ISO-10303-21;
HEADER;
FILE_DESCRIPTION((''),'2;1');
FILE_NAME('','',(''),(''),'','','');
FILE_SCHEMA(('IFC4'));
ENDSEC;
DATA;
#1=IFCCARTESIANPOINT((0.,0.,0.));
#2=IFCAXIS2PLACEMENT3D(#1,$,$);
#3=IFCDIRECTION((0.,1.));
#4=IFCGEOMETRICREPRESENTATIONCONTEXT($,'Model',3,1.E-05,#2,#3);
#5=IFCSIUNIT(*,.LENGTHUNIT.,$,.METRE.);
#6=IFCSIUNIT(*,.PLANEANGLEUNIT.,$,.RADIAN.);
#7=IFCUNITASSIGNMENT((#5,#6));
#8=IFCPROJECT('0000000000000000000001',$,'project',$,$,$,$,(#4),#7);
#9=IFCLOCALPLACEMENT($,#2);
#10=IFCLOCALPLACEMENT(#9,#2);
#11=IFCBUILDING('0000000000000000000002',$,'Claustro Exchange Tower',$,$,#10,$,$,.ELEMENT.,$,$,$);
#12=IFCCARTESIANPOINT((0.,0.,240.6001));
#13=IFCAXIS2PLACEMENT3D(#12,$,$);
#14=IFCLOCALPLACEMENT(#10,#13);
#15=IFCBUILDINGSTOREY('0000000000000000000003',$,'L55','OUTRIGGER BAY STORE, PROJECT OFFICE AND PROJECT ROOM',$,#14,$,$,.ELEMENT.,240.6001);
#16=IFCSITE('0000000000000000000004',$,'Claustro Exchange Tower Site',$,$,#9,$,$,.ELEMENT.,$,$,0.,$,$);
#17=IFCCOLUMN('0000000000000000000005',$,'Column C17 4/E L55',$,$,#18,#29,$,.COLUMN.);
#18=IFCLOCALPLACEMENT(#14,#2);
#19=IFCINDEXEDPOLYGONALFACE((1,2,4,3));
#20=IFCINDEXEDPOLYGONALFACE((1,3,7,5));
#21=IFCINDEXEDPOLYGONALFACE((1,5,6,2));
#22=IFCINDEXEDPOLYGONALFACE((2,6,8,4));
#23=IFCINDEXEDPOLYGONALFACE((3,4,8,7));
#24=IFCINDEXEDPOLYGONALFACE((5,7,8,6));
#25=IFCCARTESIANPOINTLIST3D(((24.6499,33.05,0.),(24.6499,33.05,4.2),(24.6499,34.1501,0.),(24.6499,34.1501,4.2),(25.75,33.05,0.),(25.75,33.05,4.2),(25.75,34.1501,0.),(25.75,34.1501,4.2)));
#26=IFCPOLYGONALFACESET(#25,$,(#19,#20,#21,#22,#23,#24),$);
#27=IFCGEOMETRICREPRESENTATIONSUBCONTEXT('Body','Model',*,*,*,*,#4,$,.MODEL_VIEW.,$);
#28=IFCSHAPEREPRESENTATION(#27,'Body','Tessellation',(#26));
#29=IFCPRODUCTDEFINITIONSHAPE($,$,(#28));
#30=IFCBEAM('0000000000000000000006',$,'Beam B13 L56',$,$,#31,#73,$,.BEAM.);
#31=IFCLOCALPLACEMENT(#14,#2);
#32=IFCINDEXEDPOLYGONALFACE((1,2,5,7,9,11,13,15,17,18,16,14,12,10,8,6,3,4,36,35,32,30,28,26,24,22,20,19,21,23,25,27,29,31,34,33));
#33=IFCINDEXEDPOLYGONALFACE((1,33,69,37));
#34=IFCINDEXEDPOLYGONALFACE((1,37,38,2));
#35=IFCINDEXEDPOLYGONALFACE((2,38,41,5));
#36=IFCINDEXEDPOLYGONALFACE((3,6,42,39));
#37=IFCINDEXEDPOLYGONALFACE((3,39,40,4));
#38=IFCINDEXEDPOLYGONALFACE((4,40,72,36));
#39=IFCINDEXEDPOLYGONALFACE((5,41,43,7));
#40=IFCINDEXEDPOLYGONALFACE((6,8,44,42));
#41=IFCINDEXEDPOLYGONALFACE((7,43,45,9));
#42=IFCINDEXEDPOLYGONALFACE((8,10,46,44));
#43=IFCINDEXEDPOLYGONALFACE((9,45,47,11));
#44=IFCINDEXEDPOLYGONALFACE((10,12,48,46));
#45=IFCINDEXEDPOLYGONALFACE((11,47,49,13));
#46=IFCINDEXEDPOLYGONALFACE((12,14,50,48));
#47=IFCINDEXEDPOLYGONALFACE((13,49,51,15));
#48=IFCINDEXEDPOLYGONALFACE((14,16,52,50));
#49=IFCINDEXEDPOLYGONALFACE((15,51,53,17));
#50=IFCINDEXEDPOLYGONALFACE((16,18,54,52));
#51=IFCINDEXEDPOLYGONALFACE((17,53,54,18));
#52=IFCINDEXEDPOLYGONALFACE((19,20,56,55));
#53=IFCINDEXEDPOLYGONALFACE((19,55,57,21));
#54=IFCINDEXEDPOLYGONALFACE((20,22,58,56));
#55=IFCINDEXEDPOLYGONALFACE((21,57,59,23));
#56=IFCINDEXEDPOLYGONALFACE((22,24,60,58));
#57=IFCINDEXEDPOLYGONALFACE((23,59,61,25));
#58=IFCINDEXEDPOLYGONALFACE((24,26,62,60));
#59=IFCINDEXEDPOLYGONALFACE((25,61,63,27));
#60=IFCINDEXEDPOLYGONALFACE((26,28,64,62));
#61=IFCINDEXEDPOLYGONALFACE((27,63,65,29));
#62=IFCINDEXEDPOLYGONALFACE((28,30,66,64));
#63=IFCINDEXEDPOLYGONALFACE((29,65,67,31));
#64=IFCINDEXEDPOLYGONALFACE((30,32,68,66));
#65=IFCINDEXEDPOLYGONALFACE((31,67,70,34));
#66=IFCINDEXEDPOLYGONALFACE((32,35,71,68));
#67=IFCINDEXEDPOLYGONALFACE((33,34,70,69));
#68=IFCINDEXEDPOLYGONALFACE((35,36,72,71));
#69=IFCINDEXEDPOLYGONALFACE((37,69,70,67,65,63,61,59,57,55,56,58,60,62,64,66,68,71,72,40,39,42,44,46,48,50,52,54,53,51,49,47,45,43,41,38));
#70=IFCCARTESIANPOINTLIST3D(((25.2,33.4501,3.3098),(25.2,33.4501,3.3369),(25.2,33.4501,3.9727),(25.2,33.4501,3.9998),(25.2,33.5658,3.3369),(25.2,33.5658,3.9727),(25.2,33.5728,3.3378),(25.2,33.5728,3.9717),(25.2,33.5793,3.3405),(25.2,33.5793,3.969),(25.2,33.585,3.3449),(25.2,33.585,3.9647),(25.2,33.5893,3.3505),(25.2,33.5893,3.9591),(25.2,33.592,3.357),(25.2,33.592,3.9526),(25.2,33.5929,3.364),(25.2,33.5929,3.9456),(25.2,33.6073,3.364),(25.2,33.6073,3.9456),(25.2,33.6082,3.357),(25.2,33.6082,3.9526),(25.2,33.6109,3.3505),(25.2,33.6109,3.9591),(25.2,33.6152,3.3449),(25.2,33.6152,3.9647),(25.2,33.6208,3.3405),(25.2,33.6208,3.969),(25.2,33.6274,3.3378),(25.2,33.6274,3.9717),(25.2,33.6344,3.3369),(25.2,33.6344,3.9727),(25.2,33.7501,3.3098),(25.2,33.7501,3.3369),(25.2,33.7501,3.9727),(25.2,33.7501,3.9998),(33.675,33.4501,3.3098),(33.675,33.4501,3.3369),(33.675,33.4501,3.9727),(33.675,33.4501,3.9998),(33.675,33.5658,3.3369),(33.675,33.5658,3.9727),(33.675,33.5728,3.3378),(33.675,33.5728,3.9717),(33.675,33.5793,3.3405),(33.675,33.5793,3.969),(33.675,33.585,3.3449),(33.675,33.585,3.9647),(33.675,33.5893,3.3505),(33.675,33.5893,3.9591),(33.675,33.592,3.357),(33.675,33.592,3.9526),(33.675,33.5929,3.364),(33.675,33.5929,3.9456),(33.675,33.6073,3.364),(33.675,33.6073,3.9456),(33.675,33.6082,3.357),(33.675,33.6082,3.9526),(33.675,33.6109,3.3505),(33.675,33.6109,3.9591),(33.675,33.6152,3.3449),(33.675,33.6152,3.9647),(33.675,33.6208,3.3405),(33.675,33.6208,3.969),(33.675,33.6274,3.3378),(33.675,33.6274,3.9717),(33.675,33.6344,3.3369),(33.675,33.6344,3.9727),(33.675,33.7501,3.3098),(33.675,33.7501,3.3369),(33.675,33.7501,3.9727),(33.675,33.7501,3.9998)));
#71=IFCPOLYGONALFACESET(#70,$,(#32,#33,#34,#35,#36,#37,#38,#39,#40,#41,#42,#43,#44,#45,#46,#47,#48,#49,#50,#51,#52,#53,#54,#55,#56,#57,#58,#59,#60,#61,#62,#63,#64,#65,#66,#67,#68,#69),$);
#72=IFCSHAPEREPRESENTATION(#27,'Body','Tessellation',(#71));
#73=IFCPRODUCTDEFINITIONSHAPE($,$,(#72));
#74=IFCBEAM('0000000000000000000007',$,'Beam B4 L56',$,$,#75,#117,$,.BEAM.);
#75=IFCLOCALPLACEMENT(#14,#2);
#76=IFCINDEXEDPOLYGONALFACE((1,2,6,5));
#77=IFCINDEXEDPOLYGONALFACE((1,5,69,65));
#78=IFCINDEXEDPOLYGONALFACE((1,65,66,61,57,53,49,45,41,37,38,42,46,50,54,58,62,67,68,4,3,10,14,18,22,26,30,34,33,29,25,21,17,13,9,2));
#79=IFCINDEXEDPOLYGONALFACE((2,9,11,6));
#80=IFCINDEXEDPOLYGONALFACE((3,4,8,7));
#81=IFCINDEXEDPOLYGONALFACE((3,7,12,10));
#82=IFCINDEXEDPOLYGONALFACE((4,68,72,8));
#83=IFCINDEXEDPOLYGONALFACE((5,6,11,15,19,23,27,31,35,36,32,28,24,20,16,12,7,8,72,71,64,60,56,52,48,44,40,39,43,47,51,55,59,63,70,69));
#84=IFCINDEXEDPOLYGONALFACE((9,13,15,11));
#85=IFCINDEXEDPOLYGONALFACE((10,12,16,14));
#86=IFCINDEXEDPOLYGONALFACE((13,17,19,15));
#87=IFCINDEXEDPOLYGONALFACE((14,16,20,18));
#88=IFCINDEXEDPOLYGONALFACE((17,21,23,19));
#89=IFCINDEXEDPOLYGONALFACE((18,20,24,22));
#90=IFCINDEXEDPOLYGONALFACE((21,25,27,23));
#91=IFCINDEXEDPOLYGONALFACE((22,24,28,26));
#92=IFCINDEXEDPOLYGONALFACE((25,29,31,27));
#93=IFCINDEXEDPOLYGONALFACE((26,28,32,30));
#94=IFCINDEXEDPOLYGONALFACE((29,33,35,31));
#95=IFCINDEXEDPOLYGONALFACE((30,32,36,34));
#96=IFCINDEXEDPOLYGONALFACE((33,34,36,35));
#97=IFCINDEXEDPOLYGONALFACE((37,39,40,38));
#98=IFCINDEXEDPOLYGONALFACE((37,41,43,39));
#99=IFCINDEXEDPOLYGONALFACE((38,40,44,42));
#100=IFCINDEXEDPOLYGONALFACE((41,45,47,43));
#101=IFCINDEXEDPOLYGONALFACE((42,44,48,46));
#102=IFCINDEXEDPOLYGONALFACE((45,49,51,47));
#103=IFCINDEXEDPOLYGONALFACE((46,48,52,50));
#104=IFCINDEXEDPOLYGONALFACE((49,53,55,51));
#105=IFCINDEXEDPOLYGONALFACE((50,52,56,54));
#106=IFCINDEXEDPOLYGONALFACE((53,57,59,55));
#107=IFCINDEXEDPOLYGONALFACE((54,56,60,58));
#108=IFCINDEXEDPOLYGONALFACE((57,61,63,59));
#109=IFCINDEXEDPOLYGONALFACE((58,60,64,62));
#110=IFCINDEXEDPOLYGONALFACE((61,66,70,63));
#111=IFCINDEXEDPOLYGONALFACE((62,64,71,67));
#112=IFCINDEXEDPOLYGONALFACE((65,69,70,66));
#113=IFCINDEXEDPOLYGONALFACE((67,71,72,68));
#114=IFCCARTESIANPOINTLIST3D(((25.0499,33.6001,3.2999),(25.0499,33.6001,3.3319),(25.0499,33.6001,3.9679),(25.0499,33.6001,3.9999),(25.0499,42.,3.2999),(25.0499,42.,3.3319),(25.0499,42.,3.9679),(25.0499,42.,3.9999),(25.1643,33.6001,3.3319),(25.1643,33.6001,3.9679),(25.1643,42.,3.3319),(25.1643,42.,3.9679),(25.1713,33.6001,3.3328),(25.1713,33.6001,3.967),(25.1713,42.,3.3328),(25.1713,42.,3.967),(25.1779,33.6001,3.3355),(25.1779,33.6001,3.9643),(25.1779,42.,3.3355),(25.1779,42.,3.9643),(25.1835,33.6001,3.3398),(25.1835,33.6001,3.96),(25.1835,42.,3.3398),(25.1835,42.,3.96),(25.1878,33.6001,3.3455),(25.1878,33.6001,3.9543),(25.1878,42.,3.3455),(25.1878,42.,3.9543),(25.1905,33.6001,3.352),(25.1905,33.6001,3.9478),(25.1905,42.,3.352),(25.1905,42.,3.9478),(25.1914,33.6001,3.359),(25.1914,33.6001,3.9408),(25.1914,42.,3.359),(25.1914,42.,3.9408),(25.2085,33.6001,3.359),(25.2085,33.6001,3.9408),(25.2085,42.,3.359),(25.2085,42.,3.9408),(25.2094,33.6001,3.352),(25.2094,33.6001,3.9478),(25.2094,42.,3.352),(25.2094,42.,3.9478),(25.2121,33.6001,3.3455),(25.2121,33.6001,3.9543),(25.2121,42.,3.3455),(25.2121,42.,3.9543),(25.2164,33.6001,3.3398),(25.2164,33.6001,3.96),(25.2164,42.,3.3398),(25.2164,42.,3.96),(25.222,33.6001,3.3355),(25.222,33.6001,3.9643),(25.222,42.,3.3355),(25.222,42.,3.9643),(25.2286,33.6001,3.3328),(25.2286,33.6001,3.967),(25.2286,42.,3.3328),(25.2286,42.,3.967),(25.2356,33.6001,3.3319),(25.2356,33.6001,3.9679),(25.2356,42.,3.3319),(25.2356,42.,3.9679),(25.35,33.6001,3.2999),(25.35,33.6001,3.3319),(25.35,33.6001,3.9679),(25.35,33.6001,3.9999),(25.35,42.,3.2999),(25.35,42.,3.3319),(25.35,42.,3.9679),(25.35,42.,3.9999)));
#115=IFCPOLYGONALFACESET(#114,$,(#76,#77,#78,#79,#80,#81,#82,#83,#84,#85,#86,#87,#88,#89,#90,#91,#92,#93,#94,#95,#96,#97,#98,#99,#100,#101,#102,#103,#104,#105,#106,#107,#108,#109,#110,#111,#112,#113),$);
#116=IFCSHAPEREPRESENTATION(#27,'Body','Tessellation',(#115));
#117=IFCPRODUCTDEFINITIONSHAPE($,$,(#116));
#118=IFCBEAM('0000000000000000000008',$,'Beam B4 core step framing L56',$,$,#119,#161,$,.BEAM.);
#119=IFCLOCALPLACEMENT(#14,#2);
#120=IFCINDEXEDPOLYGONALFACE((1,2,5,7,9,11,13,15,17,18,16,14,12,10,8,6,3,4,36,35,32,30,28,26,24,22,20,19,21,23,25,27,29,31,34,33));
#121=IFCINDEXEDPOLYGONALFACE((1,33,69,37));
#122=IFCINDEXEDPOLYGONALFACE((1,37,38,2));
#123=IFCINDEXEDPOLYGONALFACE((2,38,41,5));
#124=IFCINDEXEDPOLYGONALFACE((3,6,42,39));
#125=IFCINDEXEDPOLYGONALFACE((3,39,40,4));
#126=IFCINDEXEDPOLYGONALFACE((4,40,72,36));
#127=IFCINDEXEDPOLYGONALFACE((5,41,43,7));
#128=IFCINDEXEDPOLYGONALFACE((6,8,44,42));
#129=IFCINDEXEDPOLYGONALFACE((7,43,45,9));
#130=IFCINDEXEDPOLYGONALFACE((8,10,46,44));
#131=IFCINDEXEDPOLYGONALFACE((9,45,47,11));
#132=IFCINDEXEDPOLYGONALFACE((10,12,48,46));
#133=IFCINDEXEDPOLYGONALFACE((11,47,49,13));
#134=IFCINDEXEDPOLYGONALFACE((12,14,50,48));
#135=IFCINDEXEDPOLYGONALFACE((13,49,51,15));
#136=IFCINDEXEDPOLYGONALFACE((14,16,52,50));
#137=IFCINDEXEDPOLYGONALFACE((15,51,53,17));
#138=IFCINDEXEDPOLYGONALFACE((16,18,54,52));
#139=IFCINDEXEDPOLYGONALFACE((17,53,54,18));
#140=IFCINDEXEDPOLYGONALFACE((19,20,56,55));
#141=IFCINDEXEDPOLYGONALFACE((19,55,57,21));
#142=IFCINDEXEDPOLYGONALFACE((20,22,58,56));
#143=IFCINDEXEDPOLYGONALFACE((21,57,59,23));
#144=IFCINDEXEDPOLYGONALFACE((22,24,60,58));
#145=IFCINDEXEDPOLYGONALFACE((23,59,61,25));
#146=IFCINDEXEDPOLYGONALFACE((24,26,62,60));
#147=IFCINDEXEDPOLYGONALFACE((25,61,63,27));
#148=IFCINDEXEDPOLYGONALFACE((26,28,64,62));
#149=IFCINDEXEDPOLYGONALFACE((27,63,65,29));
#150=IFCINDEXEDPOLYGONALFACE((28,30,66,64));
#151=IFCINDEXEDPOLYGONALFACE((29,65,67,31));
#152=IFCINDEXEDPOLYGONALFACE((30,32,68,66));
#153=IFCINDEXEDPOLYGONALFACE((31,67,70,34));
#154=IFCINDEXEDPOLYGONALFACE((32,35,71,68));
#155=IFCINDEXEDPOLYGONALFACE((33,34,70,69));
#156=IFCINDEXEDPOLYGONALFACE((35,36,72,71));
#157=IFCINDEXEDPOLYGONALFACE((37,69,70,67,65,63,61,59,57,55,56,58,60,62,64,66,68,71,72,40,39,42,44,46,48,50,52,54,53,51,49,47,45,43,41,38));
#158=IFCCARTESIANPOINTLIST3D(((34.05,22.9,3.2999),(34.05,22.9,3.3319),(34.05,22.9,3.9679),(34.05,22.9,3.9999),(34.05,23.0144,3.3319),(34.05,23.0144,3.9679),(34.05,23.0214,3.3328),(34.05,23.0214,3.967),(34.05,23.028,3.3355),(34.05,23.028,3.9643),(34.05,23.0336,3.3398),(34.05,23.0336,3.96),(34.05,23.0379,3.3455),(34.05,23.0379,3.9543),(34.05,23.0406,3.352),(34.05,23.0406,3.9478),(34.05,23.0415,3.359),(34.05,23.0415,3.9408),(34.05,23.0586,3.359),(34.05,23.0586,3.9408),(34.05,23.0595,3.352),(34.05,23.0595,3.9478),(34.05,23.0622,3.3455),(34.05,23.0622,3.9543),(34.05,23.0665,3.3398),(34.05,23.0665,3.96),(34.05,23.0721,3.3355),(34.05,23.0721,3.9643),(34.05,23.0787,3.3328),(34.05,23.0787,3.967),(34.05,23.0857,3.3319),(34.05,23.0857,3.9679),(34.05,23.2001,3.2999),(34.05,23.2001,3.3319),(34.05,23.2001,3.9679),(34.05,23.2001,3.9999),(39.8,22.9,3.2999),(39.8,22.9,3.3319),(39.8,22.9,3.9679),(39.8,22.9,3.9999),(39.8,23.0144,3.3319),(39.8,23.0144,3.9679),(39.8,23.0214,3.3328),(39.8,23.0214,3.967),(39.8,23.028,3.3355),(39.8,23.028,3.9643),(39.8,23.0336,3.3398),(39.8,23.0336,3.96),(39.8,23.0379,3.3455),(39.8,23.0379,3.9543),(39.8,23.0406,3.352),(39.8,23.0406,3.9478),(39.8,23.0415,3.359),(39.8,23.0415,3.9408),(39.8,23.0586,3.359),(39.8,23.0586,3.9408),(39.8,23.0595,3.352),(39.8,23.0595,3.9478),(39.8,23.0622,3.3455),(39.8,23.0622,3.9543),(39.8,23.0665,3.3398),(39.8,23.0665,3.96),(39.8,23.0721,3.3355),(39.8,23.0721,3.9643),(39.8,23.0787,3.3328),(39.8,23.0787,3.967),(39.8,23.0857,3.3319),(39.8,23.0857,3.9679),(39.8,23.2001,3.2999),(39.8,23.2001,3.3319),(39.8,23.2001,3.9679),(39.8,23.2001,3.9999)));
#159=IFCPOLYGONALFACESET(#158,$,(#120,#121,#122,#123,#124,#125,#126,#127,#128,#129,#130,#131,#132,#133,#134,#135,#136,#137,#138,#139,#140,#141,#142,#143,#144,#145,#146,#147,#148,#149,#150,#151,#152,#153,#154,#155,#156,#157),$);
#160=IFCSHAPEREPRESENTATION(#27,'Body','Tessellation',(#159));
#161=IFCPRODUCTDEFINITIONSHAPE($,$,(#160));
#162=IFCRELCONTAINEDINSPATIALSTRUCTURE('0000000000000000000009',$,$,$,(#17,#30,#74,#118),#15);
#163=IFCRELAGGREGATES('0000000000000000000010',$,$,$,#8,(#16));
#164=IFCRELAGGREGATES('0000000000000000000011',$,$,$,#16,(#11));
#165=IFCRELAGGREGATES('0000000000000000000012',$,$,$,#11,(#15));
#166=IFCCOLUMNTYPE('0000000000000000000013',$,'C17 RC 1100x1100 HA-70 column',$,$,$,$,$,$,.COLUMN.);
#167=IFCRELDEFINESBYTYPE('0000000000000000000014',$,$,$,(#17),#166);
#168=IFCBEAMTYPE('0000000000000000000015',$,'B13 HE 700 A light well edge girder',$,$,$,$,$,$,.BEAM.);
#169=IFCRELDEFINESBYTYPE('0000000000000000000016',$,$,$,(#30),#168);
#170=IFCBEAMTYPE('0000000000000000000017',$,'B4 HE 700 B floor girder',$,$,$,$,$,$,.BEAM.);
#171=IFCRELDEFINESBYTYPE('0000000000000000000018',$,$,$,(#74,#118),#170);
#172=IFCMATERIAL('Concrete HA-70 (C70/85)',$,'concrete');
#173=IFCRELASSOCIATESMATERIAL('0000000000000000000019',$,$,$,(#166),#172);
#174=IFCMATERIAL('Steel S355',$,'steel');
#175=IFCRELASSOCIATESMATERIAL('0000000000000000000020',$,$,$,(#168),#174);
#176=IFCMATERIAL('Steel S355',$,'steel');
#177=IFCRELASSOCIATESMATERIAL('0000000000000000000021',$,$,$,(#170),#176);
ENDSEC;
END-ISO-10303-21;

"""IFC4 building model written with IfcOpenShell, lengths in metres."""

from ifc_helpers import new_model, si_unit, direction, frame, origin, origin_2d, place, context, subcontext, project, spatial, rectangle, i_section, extrude, material, material_profile, profile_set, type_object, element, save


model = new_model("IFC4")

# Units and contexts
model_context = context("Model", 3, precision=1e-05, world=origin(), true_north=direction((0.0, 1.0)))
body_context = subcontext(model_context, "Body", "Model", "MODEL_VIEW")
ifc_project = project(units=[si_unit("LENGTHUNIT", "METRE"), si_unit("PLANEANGLEUNIT", "RADIAN")], contexts=[model_context])

# Site, building, storey
site_placement = place(None, origin())
site = spatial("IfcSite", under=ifc_project, at=site_placement, Name="Claustro Exchange Tower Site", CompositionType="ELEMENT", RefElevation=0.0)
building_placement = place(site_placement, origin())
building = spatial("IfcBuilding", under=site, at=building_placement, Name="Claustro Exchange Tower", CompositionType="ELEMENT")
storey_placement = place(building_placement, frame((0.0, 0.0, 240.6001)))
storey = spatial("IfcBuildingStorey", under=building, at=storey_placement, Name="L55", Description="OUTRIGGER BAY STORE, PROJECT OFFICE AND PROJECT ROOM", CompositionType="ELEMENT", Elevation=240.6001)

# Column
ifc_material_1 = material(Name="Concrete HA-70 (C70/85)", Category="concrete")
ifc_material_profile_1 = material_profile(ifc_material_1, rectangle(XDim=1.1001, YDim=1.1001, at=origin_2d()), Name="RC 1100x1100")
ifc_profile_set_1 = profile_set([ifc_material_profile_1], Name="Concrete HA-70 (C70/85)")
column_type = type_object("IfcColumnType", Name="C17 RC 1100x1100 HA-70 column", PredefinedType="COLUMN", material=ifc_profile_set_1)
column_placement = place(storey_placement, frame((25.2, 33.6001, 0.0), z_axis=(0.0, 0.0, 1.0), x_axis=(1.0, 0.0, 0.0)))
element("IfcColumn", 1, at=column_placement, inside=storey, type_object=column_type, Name="Column C17 4/E L55", PredefinedType="COLUMN", context=body_context, shape_type="SweptSolid", body=[
    extrude(rectangle(XDim=1.1001, YDim=1.1001, at=origin_2d()), origin(), (0.0, 0.0, 1.0), 4.2),
])

# Beams
ifc_material_2 = material(Name="Steel S355", Category="steel")
ifc_material_profile_2 = material_profile(ifc_material_2, i_section(OverallWidth=0.3, OverallDepth=0.6899, WebThickness=0.0144, FlangeThickness=0.0271, FilletRadius=0.0271, at=origin_2d()), Name="HE 700 A")
ifc_profile_set_2 = profile_set([ifc_material_profile_2], Name="Steel S355")
beam_type_1 = type_object("IfcBeamType", Name="B13 HE 700 A light well edge girder", PredefinedType="BEAM", material=ifc_profile_set_2)
beam_1_placement = place(storey_placement, frame((25.2, 33.6001, 3.6548), z_axis=(1.0, 0.0, 0.0), x_axis=(0.0, 1.0, 0.0)))
element("IfcBeam", 2, at=beam_1_placement, inside=storey, type_object=beam_type_1, Name="Beam B13 L56", PredefinedType="BEAM", context=body_context, shape_type="SweptSolid", body=[
    extrude(i_section(OverallWidth=0.3, OverallDepth=0.6899, WebThickness=0.0144, FlangeThickness=0.0271, FilletRadius=0.0271, at=origin_2d()), origin(), (0.0, 0.0, 1.0), 8.4751),
])
ifc_material_3 = material(Name="Steel S355", Category="steel")
ifc_material_profile_3 = material_profile(ifc_material_3, i_section(OverallWidth=0.3, OverallDepth=0.7, WebThickness=0.0171, FlangeThickness=0.032, FilletRadius=0.0271, at=origin_2d()), Name="HE 700 B")
ifc_profile_set_3 = profile_set([ifc_material_profile_3], Name="Steel S355")
beam_type_2 = type_object("IfcBeamType", Name="B4 HE 700 B floor girder", PredefinedType="BEAM", material=ifc_profile_set_3)
beam_2_placement = place(storey_placement, frame((25.2, 33.6001, 3.6499), z_axis=(0.0, 1.0, 0.0), x_axis=(-1.0, 0.0, 0.0)))
element("IfcBeam", 3, at=beam_2_placement, inside=storey, type_object=beam_type_2, Name="Beam B4 L56", PredefinedType="BEAM", context=body_context, shape_type="SweptSolid", body=[
    extrude(i_section(OverallWidth=0.3, OverallDepth=0.7, WebThickness=0.0171, FlangeThickness=0.032, FilletRadius=0.0271, at=origin_2d()), origin(), (0.0, 0.0, 1.0), 8.3999),
])
beam_3_placement = place(storey_placement, frame((34.05, 23.05, 3.6499), z_axis=(1.0, 0.0, 0.0), x_axis=(0.0, 1.0, 0.0)))
element("IfcBeam", 4, at=beam_3_placement, inside=storey, type_object=beam_type_2, Name="Beam B4 core step framing L56", PredefinedType="BEAM", context=body_context, shape_type="SweptSolid", body=[
    extrude(i_section(OverallWidth=0.3, OverallDepth=0.7, WebThickness=0.0171, FlangeThickness=0.032, FilletRadius=0.0271, at=origin_2d()), origin(), (0.0, 0.0, 1.0), 5.75),
])

save(model, "model.ifc")
